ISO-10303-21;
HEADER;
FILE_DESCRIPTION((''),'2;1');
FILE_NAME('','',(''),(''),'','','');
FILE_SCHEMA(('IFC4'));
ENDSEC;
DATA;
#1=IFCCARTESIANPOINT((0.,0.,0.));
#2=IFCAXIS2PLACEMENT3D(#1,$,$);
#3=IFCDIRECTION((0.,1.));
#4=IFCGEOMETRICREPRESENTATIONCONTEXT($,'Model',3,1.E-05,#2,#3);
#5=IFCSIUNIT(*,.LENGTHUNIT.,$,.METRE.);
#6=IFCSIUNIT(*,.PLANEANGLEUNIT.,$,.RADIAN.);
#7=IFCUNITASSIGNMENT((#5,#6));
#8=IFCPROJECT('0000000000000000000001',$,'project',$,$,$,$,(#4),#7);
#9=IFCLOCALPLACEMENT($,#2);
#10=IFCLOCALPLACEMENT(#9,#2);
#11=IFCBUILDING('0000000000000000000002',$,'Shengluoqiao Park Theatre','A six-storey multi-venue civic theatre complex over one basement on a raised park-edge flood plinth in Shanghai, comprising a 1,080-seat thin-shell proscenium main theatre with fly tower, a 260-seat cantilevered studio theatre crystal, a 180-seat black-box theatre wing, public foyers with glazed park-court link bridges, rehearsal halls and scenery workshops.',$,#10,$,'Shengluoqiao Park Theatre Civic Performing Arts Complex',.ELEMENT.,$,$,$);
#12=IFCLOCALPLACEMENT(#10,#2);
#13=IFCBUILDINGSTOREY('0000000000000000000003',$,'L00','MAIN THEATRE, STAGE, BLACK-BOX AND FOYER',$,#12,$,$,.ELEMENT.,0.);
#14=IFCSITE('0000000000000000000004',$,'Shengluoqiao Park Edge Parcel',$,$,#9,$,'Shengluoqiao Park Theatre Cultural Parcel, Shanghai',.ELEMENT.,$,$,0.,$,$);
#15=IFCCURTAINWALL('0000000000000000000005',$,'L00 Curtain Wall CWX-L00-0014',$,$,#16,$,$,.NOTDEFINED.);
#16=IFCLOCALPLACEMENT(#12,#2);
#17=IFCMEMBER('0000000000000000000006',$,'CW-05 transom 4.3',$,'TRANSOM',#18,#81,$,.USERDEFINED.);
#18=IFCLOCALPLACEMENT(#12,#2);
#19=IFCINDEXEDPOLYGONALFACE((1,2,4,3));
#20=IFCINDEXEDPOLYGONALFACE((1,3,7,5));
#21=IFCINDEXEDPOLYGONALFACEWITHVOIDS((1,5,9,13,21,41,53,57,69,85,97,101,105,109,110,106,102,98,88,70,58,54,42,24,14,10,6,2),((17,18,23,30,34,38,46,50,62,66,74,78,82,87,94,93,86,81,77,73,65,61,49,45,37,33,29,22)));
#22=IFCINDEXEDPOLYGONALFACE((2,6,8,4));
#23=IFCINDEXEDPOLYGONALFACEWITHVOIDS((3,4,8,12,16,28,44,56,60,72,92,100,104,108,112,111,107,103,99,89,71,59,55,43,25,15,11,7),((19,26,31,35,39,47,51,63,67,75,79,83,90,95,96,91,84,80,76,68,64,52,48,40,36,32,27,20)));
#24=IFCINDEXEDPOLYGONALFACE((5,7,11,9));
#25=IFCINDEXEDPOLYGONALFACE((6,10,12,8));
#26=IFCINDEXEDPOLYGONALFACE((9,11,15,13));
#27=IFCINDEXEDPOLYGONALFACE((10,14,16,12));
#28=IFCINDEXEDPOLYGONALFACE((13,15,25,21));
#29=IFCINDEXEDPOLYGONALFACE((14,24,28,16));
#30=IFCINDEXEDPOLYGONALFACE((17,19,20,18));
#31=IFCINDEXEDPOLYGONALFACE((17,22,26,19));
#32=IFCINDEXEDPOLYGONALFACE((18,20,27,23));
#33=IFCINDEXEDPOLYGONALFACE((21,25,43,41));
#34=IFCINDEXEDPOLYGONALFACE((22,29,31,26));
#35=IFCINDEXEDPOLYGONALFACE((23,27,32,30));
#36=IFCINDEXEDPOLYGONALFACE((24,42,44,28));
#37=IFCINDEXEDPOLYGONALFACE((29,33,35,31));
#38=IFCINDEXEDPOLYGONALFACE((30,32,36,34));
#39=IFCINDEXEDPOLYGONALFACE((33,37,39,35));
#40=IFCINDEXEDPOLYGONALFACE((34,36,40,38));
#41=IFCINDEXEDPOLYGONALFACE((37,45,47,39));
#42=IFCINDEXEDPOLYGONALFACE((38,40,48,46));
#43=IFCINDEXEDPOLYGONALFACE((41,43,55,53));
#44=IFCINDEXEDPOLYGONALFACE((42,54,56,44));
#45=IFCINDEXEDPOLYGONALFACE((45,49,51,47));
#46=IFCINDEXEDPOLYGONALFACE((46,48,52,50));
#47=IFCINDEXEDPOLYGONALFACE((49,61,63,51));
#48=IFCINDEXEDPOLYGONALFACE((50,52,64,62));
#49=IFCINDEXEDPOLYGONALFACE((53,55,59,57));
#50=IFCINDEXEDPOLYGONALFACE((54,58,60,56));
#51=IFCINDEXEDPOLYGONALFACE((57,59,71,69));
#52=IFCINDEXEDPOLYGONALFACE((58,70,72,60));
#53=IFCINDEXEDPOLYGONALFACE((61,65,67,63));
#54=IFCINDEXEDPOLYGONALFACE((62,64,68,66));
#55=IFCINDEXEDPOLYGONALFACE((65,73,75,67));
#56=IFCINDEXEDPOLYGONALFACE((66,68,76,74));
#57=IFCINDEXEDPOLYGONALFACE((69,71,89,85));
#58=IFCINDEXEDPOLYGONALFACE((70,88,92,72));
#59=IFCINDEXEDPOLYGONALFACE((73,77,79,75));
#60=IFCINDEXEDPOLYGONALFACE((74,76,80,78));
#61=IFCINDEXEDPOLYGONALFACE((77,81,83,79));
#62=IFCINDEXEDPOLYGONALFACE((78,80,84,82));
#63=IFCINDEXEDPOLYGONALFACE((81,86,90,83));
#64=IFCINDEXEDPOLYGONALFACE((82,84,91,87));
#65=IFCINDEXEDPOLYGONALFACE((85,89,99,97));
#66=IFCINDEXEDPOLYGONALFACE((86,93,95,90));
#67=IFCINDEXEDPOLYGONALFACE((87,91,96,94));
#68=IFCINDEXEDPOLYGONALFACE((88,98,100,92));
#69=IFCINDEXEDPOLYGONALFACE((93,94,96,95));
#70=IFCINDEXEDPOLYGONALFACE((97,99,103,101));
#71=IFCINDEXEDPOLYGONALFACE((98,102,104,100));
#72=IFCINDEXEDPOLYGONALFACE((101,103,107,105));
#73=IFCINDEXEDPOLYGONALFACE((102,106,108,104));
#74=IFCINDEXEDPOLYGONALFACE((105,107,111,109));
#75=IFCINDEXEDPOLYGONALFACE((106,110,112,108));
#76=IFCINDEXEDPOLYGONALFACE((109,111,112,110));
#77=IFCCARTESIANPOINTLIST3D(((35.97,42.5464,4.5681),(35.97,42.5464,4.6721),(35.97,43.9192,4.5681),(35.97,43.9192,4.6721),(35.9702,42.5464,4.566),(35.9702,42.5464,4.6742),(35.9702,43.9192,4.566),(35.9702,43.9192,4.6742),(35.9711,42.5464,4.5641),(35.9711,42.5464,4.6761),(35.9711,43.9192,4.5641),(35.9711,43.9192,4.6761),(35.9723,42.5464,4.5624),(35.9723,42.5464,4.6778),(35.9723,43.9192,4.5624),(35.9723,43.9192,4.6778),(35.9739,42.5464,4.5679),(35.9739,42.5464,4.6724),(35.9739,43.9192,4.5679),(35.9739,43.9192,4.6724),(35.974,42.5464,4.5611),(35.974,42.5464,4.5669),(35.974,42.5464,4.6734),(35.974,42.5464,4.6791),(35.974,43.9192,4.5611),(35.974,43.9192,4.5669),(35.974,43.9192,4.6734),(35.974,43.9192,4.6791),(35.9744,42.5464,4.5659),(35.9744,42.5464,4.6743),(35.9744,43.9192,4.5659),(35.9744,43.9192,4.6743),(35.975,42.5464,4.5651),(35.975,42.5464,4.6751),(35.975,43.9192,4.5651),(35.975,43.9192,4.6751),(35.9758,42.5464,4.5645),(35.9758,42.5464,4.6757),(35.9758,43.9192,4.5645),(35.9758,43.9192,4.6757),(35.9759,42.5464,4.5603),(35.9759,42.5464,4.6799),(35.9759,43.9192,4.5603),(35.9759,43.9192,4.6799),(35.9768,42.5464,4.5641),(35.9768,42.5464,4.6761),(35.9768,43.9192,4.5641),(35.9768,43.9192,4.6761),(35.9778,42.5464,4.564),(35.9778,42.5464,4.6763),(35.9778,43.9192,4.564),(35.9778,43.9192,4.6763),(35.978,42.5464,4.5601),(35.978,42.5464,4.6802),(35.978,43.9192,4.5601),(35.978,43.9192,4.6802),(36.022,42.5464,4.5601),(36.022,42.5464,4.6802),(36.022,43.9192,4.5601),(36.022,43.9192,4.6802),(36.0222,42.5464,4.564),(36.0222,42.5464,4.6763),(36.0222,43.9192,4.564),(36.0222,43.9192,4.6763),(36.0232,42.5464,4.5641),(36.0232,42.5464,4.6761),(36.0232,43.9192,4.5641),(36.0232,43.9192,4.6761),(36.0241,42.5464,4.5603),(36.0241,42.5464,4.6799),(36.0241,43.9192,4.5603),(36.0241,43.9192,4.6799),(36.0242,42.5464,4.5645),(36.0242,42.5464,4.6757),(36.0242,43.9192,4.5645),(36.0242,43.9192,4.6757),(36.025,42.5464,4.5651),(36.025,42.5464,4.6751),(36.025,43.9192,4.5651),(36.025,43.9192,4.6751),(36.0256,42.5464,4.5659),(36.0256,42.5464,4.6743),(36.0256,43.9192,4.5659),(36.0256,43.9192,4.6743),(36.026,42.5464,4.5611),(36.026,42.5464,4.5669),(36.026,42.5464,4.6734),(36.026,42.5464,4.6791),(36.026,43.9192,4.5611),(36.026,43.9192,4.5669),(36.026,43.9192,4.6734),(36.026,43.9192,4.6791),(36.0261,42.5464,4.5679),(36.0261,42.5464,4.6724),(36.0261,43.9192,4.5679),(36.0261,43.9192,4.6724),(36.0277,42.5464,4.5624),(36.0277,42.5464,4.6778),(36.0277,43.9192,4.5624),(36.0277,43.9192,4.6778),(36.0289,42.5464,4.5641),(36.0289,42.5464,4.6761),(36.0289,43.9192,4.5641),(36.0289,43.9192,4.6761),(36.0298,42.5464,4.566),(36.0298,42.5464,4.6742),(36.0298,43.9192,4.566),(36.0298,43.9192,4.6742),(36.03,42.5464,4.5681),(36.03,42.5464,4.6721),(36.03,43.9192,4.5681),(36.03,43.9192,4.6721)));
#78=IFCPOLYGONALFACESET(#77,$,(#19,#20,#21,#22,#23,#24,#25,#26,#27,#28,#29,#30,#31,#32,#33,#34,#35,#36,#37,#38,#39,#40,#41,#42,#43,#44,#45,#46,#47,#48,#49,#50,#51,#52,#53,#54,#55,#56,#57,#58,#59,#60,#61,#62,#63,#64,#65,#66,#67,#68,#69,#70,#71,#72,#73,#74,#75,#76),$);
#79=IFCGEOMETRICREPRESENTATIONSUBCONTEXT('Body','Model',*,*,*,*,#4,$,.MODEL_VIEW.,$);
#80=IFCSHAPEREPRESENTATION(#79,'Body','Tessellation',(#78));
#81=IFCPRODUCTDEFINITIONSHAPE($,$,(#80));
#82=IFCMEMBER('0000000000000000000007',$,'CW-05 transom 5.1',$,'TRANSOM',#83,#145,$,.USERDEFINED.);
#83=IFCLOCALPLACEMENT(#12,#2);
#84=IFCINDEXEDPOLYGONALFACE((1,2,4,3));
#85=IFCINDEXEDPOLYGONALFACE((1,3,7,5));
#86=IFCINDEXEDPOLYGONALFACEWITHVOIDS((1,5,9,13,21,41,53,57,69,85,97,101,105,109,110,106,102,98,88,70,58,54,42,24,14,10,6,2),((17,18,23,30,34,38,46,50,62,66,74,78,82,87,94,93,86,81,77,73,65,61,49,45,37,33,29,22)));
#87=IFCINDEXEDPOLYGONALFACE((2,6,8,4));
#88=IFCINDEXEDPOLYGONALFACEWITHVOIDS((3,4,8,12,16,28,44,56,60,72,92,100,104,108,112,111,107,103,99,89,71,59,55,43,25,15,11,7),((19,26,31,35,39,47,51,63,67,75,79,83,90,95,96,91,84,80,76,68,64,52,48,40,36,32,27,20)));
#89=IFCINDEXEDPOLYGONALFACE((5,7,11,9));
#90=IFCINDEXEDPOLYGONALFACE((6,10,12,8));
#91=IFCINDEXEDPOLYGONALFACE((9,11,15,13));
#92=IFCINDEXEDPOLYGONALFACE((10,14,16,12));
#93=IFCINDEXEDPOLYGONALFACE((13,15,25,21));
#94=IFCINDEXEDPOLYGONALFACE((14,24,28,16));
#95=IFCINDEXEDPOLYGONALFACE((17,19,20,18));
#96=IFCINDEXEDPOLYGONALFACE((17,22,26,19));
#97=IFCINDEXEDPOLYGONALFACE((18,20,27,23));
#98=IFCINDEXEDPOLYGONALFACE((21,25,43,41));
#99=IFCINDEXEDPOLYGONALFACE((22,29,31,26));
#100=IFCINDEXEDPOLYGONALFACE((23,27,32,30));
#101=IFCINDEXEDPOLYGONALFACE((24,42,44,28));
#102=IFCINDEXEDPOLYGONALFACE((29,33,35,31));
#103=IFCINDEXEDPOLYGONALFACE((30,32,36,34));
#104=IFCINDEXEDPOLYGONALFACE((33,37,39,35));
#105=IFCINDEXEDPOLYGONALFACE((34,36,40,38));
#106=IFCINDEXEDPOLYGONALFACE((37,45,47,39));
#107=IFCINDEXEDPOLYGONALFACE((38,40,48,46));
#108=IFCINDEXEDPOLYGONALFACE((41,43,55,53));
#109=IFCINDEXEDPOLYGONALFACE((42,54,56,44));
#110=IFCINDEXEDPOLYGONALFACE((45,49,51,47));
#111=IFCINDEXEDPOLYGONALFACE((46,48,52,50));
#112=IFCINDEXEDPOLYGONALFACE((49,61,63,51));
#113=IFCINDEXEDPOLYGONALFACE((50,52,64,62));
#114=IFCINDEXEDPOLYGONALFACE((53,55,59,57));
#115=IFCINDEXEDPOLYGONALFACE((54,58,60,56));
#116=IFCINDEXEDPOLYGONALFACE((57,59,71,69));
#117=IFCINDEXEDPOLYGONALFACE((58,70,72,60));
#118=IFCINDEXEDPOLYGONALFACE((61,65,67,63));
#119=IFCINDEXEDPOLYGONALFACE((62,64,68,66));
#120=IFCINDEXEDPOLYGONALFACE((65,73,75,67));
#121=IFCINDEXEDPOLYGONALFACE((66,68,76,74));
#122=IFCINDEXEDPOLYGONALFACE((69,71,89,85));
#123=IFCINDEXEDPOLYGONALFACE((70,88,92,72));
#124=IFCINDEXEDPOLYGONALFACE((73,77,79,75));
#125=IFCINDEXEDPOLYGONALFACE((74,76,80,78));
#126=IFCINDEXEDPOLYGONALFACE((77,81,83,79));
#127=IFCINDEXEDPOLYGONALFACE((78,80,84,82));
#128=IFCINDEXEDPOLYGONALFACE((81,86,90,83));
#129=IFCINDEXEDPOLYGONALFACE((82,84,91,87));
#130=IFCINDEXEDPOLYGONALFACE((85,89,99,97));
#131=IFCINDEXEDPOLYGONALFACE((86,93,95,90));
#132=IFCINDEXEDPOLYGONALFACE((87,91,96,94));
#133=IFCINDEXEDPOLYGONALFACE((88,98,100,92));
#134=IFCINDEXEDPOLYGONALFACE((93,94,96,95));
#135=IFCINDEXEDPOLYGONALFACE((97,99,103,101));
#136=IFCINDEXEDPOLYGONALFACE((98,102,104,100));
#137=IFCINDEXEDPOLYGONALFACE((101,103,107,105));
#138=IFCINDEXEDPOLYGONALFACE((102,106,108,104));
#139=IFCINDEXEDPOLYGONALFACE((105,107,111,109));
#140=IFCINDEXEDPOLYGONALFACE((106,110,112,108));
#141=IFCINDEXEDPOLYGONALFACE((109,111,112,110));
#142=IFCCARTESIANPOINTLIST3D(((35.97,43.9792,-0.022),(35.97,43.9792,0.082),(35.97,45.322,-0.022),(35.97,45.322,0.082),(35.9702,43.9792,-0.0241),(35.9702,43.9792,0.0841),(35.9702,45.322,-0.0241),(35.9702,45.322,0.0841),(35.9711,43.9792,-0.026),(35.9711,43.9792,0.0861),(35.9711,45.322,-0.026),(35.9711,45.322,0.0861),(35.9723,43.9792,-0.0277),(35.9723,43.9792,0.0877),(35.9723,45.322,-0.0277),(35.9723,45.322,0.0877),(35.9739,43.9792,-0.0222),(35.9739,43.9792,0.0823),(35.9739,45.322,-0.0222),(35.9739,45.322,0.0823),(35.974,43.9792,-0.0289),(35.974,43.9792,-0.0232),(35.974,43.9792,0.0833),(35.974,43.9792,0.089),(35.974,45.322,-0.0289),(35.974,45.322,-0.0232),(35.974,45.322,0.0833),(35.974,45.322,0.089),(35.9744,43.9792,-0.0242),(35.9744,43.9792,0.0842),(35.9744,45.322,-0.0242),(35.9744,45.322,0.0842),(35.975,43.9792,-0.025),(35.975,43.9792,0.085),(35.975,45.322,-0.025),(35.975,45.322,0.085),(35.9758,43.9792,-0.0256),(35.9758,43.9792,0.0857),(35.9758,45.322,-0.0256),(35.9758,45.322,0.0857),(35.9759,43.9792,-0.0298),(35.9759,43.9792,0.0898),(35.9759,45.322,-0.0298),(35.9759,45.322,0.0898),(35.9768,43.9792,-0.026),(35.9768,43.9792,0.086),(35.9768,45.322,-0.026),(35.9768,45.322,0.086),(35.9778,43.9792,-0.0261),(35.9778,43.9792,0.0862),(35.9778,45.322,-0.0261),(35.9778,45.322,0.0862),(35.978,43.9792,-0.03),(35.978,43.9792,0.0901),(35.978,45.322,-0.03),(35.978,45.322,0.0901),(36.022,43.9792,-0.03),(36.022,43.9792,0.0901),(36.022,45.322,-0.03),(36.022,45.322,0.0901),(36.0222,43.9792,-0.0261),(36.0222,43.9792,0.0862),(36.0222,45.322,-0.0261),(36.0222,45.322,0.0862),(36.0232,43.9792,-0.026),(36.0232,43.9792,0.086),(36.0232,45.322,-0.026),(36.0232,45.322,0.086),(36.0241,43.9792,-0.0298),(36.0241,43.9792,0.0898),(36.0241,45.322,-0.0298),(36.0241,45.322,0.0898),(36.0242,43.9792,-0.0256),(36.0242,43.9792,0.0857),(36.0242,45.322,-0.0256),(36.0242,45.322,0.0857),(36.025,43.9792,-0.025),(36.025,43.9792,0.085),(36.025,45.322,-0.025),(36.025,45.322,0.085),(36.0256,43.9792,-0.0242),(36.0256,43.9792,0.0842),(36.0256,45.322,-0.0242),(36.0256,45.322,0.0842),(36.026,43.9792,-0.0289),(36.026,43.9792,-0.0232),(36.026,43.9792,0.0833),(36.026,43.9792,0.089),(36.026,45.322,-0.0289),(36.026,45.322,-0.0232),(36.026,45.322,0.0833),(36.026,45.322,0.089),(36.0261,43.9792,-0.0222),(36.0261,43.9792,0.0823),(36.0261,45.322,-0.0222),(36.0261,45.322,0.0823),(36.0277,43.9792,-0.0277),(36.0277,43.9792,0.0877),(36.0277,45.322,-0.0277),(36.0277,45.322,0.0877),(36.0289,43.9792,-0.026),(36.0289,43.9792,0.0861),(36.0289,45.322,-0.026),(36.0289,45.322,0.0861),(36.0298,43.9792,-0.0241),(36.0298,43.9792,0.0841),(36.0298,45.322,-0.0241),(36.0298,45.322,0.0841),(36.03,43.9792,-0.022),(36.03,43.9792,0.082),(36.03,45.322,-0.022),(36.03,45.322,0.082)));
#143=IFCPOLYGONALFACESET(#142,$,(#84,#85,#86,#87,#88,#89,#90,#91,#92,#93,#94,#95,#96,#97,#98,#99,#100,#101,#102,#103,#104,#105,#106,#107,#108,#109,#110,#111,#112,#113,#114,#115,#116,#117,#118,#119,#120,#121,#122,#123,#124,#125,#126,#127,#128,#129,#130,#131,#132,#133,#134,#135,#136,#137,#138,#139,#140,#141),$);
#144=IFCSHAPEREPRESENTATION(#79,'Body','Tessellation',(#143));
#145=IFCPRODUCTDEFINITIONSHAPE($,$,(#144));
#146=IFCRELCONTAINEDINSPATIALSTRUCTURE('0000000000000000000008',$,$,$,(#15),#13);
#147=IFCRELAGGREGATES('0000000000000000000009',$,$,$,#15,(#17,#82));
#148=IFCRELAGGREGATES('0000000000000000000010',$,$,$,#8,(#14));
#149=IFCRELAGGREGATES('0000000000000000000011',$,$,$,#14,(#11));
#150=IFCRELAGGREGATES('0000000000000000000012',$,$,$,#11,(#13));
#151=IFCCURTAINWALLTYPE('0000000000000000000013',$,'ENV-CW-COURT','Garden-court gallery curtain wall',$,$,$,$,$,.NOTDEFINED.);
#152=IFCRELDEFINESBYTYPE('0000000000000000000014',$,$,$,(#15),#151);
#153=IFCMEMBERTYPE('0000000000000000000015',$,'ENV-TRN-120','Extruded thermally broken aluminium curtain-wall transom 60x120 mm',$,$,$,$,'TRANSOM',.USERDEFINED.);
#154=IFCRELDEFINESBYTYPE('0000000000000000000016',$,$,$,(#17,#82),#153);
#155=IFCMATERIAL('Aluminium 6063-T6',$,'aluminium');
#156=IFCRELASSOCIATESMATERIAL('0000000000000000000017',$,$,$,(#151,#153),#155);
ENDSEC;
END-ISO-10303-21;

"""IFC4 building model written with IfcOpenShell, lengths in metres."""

from ifc_helpers import new_model, si_unit, direction, frame, origin, origin_2d, place, context, subcontext, project, spatial, hollow_rectangle, extrude, material, material_profile, profile_set, type_object, element, aggregate, save


model = new_model("IFC4")

# Units and contexts
model_context = context("Model", 3, precision=1e-05, world=origin(), true_north=direction((0.0, 1.0)))
body_context = subcontext(model_context, "Body", "Model", "MODEL_VIEW")
ifc_project = project(units=[si_unit("LENGTHUNIT", "METRE"), si_unit("PLANEANGLEUNIT", "RADIAN")], contexts=[model_context])

# Site, building, storey
site_placement = place(None, origin())
site = spatial("IfcSite", under=ifc_project, at=site_placement, Name="Shengluoqiao Park Edge Parcel", LongName="Shengluoqiao Park Theatre Cultural Parcel, Shanghai", CompositionType="ELEMENT", RefElevation=0.0)
building_placement = place(site_placement, origin())
building = spatial("IfcBuilding", under=site, at=building_placement, Name="Shengluoqiao Park Theatre", Description="A six-storey multi-venue civic theatre complex over one basement on a raised park-edge flood plinth in Shanghai, comprising a 1,080-seat thin-shell proscenium main theatre with fly tower, a 260-seat cantilevered studio theatre crystal, a 180-seat black-box theatre wing, public foyers with glazed park-court link bridges, rehearsal halls and scenery workshops.", LongName="Shengluoqiao Park Theatre Civic Performing Arts Complex", CompositionType="ELEMENT")
storey_placement = place(building_placement, origin())
storey = spatial("IfcBuildingStorey", under=building, at=storey_placement, Name="L00", Description="MAIN THEATRE, STAGE, BLACK-BOX AND FOYER", CompositionType="ELEMENT", Elevation=0.0)

# Curtain wall, members
ifc_material_1 = material(Name="Aluminium 6063-T6", Category="aluminium")
curtain_wall_type = type_object("IfcCurtainWallType", Name="ENV-CW-COURT", Description="Garden-court gallery curtain wall", PredefinedType="NOTDEFINED", material=ifc_material_1)
curtain_wall_placement = place(storey_placement, origin())
curtain_wall = element("IfcCurtainWall", 1, at=curtain_wall_placement, inside=storey, type_object=curtain_wall_type, Name="L00 Curtain Wall CWX-L00-0014", PredefinedType="NOTDEFINED")
ifc_material_profile_1 = material_profile(ifc_material_1, hollow_rectangle(XDim=0.0601, YDim=0.1201, WallThickness=0.0039, InnerFilletRadius=0.0039, OuterFilletRadius=0.0081, at=origin_2d()), Name="ALU TRANSOM 120x60x4")
ifc_profile_set_1 = profile_set([ifc_material_profile_1], Name="Aluminium 6063-T6")
member_type_1 = type_object("IfcMemberType", Name="ENV-TRN-120", Description="Extruded thermally broken aluminium curtain-wall transom 60x120 mm", ElementType="TRANSOM", PredefinedType="USERDEFINED", material=ifc_profile_set_1)
member_1_placement = place(storey_placement, frame((36.0, 42.5464, 4.6201), z_axis=(0.0, 1.0, 0.0), x_axis=(-1.0, 0.0, 0.0)))
member_1 = element("IfcMember", 2, at=member_1_placement, type_object=member_type_1, Name="CW-05 transom 4.3", ObjectType="TRANSOM", PredefinedType="USERDEFINED", context=body_context, shape_type="SweptSolid", body=[
    extrude(hollow_rectangle(XDim=0.0601, YDim=0.1201, WallThickness=0.0039, InnerFilletRadius=0.0039, OuterFilletRadius=0.0081, at=origin_2d()), origin(), (0.0, 0.0, 1.0), 1.3728),
])
member_2_placement = place(storey_placement, frame((36.0, 43.9792, 0.03), z_axis=(0.0, 1.0, 0.0), x_axis=(-1.0, 0.0, 0.0)))
member_2 = element("IfcMember", 3, at=member_2_placement, type_object=member_type_1, Name="CW-05 transom 5.1", ObjectType="TRANSOM", PredefinedType="USERDEFINED", context=body_context, shape_type="SweptSolid", body=[
    extrude(hollow_rectangle(XDim=0.0601, YDim=0.1201, WallThickness=0.0039, InnerFilletRadius=0.0039, OuterFilletRadius=0.0081, at=origin_2d()), origin(), (0.0, 0.0, 1.0), 1.3428),
])
aggregate(curtain_wall, [member_1, member_2])

save(model, "model.ifc")
